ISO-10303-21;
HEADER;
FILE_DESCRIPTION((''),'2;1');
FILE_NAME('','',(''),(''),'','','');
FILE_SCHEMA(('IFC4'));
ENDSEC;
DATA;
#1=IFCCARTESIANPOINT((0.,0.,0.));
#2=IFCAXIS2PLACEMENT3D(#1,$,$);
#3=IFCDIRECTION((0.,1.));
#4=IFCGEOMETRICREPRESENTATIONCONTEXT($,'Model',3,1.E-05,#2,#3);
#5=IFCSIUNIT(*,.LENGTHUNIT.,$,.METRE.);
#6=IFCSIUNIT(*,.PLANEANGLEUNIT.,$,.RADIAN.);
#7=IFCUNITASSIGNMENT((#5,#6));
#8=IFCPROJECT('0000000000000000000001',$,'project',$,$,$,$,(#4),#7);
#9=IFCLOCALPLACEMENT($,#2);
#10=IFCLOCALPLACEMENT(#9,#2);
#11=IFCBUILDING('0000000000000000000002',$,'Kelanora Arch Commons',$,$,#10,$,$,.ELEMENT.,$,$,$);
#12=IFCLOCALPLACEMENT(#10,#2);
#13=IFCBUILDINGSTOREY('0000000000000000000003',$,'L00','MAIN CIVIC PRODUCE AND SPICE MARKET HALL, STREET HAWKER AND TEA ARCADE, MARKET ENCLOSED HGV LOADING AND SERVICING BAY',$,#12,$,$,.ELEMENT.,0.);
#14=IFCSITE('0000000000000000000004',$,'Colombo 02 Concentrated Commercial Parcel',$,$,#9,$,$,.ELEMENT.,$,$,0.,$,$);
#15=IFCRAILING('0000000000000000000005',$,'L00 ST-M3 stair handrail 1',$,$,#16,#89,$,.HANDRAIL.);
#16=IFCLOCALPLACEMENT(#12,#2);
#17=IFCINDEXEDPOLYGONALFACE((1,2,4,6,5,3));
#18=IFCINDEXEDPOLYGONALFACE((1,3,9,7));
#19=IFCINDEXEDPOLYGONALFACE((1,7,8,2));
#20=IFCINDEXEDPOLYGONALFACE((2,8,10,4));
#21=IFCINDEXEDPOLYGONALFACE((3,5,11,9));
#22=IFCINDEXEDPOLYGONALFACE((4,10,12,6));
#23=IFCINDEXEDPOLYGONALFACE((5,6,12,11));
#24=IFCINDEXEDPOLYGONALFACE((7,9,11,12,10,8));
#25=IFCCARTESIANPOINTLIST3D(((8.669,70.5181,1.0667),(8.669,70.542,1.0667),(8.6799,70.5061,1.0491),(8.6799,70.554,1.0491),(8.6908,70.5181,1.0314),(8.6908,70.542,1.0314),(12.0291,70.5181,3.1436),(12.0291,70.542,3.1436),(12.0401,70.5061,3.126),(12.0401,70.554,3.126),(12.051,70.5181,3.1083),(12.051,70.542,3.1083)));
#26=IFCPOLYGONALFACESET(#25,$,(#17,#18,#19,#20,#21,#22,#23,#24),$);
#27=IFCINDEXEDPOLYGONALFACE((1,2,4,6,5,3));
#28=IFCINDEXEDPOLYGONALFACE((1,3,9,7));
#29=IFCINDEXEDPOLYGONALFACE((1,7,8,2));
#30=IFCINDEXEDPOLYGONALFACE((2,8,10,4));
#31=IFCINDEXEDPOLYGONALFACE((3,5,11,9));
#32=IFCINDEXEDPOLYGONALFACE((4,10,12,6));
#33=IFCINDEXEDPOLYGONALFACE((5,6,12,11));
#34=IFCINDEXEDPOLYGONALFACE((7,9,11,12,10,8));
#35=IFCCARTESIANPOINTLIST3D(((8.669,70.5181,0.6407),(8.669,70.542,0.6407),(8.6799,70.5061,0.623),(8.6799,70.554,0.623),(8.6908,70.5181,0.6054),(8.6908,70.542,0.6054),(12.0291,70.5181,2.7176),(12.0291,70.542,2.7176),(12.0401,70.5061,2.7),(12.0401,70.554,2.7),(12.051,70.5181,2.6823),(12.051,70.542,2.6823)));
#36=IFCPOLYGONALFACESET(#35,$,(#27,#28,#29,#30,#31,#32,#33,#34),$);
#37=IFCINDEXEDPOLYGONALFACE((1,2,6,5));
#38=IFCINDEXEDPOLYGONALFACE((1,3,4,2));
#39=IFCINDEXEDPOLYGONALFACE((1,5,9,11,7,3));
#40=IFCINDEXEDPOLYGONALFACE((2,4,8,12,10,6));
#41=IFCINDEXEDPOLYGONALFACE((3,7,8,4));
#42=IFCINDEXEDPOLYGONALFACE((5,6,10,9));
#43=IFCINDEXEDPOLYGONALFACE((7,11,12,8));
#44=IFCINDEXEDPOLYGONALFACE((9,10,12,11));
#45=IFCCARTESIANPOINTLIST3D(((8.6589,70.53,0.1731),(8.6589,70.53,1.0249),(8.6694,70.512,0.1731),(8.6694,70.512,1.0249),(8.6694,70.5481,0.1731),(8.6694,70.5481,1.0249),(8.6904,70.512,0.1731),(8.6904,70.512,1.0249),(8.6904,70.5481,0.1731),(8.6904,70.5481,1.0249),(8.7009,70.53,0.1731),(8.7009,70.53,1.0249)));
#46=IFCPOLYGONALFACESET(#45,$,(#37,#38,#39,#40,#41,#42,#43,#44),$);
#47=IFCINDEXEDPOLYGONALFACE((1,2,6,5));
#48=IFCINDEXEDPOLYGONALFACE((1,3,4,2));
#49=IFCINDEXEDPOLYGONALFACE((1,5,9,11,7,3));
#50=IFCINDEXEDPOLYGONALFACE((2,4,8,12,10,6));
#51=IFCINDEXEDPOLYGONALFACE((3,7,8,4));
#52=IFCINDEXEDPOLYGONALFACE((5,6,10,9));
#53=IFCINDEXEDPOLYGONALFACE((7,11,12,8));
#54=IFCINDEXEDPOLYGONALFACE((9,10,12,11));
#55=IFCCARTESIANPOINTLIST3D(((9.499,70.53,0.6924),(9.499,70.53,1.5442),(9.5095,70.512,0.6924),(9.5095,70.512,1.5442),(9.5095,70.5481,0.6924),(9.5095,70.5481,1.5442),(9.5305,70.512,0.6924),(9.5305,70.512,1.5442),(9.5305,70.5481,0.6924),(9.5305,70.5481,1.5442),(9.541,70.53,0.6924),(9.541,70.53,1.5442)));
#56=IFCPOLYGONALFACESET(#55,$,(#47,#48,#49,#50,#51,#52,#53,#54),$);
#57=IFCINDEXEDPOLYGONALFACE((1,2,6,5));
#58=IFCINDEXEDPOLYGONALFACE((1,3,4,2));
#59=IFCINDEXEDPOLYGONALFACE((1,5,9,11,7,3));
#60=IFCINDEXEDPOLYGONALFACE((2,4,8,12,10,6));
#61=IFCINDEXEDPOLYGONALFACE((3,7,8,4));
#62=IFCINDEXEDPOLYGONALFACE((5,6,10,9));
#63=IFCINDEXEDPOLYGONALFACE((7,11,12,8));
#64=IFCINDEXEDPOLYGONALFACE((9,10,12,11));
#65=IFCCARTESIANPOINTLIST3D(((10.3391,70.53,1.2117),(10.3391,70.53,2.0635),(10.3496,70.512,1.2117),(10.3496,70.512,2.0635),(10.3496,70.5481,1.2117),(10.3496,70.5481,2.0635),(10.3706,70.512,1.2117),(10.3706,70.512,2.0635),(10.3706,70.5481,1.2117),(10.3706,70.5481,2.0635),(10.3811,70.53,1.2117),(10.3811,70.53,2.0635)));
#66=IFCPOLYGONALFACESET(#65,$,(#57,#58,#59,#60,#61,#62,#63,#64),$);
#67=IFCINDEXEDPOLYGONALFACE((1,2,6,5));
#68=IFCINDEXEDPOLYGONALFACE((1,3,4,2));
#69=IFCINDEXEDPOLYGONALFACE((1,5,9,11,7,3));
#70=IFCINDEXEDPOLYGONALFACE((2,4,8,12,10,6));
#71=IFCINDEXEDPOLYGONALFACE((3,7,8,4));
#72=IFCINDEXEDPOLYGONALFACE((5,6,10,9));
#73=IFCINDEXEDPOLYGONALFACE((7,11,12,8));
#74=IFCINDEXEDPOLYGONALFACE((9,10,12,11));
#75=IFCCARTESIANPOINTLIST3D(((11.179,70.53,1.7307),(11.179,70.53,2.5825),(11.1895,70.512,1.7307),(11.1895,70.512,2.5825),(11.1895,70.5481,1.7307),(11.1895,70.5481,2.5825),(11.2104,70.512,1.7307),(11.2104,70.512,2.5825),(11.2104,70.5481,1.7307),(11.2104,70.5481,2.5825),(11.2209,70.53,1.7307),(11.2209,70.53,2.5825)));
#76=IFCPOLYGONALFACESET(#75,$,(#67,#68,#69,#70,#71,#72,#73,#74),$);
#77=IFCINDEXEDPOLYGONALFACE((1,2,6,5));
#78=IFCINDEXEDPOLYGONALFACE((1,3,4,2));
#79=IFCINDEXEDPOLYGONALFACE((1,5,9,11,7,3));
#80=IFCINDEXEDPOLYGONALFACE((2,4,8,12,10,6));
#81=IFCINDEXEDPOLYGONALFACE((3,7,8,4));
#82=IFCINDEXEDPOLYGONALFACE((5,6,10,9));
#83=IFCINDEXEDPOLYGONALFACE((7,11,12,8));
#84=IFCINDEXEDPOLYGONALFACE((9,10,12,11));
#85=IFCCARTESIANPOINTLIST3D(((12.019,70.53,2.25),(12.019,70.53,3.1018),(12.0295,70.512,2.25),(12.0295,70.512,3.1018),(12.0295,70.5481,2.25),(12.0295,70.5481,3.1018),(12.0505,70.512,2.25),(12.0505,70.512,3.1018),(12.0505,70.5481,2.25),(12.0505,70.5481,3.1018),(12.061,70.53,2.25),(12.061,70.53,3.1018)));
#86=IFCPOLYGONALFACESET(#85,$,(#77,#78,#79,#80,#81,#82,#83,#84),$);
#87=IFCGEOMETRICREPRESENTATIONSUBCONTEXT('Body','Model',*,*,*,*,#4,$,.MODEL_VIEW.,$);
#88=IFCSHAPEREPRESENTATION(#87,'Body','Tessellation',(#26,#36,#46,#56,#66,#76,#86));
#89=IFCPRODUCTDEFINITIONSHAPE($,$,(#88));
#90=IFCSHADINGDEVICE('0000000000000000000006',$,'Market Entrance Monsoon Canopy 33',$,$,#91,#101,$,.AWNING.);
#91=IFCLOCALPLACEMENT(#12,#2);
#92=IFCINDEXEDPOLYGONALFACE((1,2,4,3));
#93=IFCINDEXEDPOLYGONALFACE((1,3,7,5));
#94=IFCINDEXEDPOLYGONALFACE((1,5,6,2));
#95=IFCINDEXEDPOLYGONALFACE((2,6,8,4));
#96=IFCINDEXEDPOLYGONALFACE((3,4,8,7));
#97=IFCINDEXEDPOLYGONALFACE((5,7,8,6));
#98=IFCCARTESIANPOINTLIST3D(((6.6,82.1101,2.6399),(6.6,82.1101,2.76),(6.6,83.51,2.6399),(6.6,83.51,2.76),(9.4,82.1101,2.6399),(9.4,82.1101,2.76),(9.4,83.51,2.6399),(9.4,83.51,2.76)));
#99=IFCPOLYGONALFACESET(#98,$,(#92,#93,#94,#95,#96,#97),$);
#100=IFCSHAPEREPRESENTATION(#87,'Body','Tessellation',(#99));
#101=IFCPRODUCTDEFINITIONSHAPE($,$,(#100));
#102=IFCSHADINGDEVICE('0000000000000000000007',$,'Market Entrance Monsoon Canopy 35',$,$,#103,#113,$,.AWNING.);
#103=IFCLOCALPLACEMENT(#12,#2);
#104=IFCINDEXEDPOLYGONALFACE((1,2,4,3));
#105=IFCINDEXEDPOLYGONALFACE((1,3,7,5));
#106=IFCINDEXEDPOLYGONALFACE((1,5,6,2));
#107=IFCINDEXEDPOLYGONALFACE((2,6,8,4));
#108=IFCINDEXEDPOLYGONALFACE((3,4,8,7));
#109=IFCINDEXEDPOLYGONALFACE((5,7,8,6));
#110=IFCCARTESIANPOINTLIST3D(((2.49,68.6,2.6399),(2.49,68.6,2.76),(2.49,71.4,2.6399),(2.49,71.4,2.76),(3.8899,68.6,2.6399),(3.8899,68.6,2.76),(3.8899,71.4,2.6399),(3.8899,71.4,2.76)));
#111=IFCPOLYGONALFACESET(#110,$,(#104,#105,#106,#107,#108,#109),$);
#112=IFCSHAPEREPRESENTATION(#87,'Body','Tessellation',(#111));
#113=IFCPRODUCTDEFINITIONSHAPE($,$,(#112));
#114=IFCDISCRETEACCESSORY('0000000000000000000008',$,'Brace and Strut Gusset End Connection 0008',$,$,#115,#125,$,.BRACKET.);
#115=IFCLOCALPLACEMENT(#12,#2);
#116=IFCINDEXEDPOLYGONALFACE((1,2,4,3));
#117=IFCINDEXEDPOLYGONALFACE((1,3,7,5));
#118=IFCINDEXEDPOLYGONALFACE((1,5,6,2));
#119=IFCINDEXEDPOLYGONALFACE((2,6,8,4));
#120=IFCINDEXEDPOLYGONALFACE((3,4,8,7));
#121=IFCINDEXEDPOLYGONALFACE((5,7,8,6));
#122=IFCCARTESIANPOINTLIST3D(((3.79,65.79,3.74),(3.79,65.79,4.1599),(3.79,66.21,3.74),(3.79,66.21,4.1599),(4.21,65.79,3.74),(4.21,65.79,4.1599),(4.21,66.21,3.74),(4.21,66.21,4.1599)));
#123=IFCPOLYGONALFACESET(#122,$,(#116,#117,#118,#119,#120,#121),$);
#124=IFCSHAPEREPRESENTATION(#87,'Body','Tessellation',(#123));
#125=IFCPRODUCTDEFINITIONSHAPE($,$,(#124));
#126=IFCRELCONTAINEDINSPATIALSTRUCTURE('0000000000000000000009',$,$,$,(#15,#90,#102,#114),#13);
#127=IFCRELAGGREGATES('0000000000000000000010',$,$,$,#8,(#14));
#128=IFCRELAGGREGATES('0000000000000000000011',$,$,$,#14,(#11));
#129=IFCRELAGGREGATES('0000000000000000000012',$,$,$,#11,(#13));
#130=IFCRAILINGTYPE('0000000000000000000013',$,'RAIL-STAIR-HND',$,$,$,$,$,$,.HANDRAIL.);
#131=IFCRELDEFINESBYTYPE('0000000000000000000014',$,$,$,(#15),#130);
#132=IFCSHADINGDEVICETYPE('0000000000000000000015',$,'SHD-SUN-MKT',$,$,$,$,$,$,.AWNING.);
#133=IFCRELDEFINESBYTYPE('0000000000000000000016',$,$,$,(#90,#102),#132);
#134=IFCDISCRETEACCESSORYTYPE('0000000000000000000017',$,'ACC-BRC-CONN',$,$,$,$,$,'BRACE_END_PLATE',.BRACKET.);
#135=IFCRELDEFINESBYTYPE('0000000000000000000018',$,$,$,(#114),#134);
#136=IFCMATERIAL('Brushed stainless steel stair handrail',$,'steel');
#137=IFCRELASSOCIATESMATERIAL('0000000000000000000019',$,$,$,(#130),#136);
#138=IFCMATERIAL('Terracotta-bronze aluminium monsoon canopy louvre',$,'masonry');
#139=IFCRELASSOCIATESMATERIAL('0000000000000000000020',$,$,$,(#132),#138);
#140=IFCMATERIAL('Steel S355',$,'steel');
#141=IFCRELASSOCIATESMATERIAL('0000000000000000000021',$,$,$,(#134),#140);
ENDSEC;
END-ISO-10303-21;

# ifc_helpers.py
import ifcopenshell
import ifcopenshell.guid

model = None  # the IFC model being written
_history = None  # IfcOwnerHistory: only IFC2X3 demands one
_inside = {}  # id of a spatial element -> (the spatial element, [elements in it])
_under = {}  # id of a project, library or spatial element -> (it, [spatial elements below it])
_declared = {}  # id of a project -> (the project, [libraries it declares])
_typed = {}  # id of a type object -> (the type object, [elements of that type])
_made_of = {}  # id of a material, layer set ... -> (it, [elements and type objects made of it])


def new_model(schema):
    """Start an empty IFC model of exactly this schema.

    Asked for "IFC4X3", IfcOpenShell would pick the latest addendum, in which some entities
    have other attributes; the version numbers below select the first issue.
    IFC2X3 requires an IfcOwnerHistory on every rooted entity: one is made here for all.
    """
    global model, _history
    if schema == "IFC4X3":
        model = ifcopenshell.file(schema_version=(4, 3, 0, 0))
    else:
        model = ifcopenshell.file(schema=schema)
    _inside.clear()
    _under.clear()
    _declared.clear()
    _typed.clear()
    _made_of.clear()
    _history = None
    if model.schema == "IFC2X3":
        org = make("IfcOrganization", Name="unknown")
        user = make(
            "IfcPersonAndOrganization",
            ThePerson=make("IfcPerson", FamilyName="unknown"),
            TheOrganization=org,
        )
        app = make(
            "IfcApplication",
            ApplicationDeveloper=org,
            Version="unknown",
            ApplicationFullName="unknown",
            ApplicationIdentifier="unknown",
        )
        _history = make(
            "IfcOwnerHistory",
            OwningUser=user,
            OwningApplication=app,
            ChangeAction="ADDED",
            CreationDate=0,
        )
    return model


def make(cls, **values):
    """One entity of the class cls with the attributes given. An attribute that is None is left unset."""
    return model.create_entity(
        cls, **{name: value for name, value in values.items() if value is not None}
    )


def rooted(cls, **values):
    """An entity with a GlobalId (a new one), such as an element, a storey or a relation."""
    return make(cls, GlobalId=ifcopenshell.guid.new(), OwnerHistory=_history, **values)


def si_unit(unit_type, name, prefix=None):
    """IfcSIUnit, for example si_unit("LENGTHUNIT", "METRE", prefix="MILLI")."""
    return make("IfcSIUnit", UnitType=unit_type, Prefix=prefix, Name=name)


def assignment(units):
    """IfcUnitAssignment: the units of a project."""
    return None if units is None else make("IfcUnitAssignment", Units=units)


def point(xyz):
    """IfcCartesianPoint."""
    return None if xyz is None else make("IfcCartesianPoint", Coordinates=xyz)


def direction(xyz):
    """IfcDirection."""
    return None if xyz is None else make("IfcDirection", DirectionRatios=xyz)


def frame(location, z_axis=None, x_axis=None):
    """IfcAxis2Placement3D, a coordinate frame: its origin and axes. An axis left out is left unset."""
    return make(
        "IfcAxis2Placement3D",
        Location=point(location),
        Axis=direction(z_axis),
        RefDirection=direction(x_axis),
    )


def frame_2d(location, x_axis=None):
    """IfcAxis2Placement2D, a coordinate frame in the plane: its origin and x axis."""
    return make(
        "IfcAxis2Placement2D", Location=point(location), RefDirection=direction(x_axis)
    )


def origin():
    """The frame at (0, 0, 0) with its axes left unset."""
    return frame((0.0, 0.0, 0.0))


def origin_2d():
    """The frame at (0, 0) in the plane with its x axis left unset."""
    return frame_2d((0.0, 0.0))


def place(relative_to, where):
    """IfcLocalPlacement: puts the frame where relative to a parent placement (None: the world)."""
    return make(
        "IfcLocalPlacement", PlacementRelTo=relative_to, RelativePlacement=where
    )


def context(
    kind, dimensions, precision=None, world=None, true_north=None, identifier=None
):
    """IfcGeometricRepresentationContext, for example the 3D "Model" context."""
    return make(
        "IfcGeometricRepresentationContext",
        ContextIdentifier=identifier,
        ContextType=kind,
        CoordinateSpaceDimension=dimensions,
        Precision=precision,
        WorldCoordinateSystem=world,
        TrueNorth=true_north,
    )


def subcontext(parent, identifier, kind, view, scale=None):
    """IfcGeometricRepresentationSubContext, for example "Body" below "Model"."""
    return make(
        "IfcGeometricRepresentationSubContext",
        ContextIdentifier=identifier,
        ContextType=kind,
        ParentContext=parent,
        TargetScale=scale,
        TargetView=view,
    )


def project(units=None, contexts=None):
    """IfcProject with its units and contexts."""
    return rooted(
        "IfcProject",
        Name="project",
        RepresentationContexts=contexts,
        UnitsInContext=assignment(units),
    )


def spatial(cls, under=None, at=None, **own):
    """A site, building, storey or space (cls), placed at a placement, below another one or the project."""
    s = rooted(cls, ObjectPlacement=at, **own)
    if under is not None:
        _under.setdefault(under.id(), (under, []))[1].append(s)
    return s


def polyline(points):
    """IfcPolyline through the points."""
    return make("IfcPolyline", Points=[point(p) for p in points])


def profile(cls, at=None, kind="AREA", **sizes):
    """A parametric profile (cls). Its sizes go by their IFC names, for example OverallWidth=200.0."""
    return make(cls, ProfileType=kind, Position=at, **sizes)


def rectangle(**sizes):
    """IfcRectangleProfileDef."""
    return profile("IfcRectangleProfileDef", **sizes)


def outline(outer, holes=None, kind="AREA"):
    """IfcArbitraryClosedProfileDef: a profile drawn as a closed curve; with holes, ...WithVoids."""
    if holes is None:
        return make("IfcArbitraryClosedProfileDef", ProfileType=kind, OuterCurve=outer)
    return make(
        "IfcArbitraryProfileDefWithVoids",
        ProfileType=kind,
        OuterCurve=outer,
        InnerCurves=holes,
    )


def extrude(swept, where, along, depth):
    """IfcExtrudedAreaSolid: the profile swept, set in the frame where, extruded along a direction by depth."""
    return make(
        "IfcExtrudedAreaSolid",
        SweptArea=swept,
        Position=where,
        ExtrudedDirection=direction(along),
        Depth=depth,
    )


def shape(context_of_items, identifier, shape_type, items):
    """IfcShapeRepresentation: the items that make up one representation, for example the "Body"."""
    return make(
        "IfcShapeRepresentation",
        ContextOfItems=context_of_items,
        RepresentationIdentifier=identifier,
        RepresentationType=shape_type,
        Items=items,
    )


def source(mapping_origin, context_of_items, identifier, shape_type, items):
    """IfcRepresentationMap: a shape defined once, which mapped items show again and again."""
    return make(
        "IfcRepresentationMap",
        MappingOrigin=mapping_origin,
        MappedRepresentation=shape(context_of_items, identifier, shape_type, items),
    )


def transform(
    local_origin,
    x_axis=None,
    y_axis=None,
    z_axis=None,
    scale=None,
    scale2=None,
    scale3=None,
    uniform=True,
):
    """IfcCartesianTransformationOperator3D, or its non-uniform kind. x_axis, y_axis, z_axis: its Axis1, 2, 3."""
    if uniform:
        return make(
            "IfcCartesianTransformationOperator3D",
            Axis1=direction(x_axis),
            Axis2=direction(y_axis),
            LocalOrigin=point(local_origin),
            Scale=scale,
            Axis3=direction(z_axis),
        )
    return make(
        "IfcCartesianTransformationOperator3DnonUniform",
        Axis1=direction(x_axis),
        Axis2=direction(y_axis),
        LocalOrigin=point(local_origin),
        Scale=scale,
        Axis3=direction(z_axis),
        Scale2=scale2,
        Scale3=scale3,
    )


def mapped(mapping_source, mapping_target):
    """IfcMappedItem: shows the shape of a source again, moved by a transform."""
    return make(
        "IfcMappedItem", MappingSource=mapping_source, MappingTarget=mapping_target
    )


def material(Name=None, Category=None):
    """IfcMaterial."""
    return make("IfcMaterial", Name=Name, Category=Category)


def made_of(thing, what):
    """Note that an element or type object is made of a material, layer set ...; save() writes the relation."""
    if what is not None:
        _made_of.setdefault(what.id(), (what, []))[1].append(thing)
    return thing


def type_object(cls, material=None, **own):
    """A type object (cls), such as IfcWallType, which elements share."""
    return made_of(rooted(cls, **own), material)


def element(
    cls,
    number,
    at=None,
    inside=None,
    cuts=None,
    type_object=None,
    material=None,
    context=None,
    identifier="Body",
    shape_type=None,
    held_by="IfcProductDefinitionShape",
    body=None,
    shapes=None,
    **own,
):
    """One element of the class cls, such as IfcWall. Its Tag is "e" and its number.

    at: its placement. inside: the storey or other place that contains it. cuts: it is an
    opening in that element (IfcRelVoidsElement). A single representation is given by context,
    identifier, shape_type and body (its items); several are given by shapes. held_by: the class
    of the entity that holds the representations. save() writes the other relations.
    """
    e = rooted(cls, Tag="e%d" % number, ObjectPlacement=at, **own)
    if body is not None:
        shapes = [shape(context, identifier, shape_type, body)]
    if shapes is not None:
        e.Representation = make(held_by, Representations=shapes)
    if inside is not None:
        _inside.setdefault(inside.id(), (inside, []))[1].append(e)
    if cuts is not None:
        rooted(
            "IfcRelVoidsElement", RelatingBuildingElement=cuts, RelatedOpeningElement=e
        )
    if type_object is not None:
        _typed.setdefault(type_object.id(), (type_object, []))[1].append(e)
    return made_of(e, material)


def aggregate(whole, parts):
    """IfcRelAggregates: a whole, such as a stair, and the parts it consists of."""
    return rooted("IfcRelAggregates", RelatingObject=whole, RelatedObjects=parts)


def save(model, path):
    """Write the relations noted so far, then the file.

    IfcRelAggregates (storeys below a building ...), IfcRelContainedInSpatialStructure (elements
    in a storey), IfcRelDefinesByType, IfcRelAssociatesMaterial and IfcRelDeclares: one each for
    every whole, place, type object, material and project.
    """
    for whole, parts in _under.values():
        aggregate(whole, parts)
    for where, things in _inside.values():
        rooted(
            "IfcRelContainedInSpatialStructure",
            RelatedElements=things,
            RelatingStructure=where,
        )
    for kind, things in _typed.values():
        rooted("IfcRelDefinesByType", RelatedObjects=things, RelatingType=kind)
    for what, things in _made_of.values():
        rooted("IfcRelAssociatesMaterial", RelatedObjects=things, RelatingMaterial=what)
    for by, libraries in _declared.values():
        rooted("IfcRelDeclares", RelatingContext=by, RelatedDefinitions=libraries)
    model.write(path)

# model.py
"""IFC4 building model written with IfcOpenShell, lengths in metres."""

from ifc_helpers import new_model, si_unit, direction, frame, origin, origin_2d, place, context, subcontext, project, spatial, polyline, rectangle, outline, extrude, source, transform, mapped, material, type_object, element, save


model = new_model("IFC4")

# Units and contexts
model_context = context("Model", 3, precision=1e-05, world=origin(), true_north=direction((0.0, 1.0)))
body_context = subcontext(model_context, "Body", "Model", "MODEL_VIEW")
ifc_project = project(units=[si_unit("LENGTHUNIT", "METRE"), si_unit("PLANEANGLEUNIT", "RADIAN")], contexts=[model_context])

# Site, building, storey
site_placement = place(None, origin())
site = spatial("IfcSite", under=ifc_project, at=site_placement, Name="Colombo 02 Concentrated Commercial Parcel", CompositionType="ELEMENT", RefElevation=0.0)
building_placement = place(site_placement, origin())
building = spatial("IfcBuilding", under=site, at=building_placement, Name="Kelanora Arch Commons", CompositionType="ELEMENT")
storey_placement = place(building_placement, origin())
storey = spatial("IfcBuildingStorey", under=building, at=storey_placement, Name="L00", Description="MAIN CIVIC PRODUCE AND SPICE MARKET HALL, STREET HAWKER AND TEA ARCADE, MARKET ENCLOSED HGV LOADING AND SERVICING BAY", CompositionType="ELEMENT", Elevation=0.0)

# Railing
ifc_material_1 = material(Name="Brushed stainless steel stair handrail", Category="steel")
railing_type_1 = type_object("IfcRailingType", Name="RAIL-STAIR-HND", PredefinedType="HANDRAIL", material=ifc_material_1)
railing_1_placement = place(storey_placement, frame((8.6799, 70.53, 0.1731)))
element("IfcRailing", 1, at=railing_1_placement, inside=storey, type_object=railing_type_1, Name="L00 ST-M3 stair handrail 1", PredefinedType="HANDRAIL", context=body_context, shape_type="SweptSolid", body=[
    extrude(outline(polyline([(0.0239, 0.0), (0.012, 0.0208), (-0.012, 0.0208), (-0.0239, 0.0), (-0.012, -0.0208), (0.012, -0.0208), (0.0239, 0.0)])), frame((0.0, 0.0, 0.876), z_axis=(0.850623, 0.0, 0.525776), x_axis=(0.0, 1.0, 0.0)), (0.0, 0.0, 1.0), 3.9502),
    extrude(outline(polyline([(0.0239, 0.0), (0.012, 0.0208), (-0.012, 0.0208), (-0.0239, 0.0), (-0.012, -0.0208), (0.012, -0.0208), (0.0239, 0.0)])), frame((0.0, 0.0, 0.45), z_axis=(0.850623, 0.0, 0.525776), x_axis=(0.0, 1.0, 0.0)), (0.0, 0.0, 1.0), 3.9502),
    extrude(outline(polyline([(0.021, 0.0), (0.0105, 0.0181), (-0.0105, 0.0181), (-0.021, 0.0), (-0.0105, -0.0181), (0.0105, -0.0181), (0.021, 0.0)])), origin(), (0.0, 0.0, 1.0), 0.8518),
    extrude(outline(polyline([(0.021, 0.0), (0.0105, 0.0181), (-0.0105, 0.0181), (-0.021, 0.0), (-0.0105, -0.0181), (0.0105, -0.0181), (0.021, 0.0)])), frame((0.8401, 0.0, 0.5193)), (0.0, 0.0, 1.0), 0.8518),
    extrude(outline(polyline([(0.021, 0.0), (0.0105, 0.0181), (-0.0105, 0.0181), (-0.021, 0.0), (-0.0105, -0.0181), (0.0105, -0.0181), (0.021, 0.0)])), frame((1.6802, 0.0, 1.0386)), (0.0, 0.0, 1.0), 0.8518),
    extrude(outline(polyline([(0.021, 0.0), (0.0105, 0.0181), (-0.0105, 0.0181), (-0.021, 0.0), (-0.0105, -0.0181), (0.0105, -0.0181), (0.021, 0.0)])), frame((2.52, 0.0, 1.5576)), (0.0, 0.0, 1.0), 0.8518),
    extrude(outline(polyline([(0.021, 0.0), (0.0105, 0.0181), (-0.0105, 0.0181), (-0.021, 0.0), (-0.0105, -0.0181), (0.0105, -0.0181), (0.021, 0.0)])), frame((3.3601, 0.0, 2.0769)), (0.0, 0.0, 1.0), 0.8518),
])

# Shading devices
ifc_material_2 = material(Name="Terracotta-bronze aluminium monsoon canopy louvre", Category="masonry")
shading_device_type = type_object("IfcShadingDeviceType", Name="SHD-SUN-MKT", PredefinedType="AWNING", material=ifc_material_2)
shared_shape_1 = source(origin(), body_context, "Body", "SweptSolid", [
    extrude(rectangle(XDim=2.8, YDim=1.3999, at=origin_2d()), origin(), (0.0, 0.0, 1.0), 0.1201),
])
for number, where, z_axis, x_axis, name in (
    (2, (8.0, 82.8101, 2.6399), (0.0, 0.0, 1.0), (-1.0, 0.0, 0.0), "Market Entrance Monsoon Canopy 33"),
    (3, (3.1899, 70.0, 2.6399), (0.0, 0.0, 1.0), (0.0, -1.0, 0.0), "Market Entrance Monsoon Canopy 35"),
):
    element("IfcShadingDevice", number, at=place(storey_placement, frame(where, z_axis=z_axis, x_axis=x_axis)), inside=storey, type_object=shading_device_type, Name=name, PredefinedType="AWNING", context=body_context, shape_type="MappedRepresentation", body=[
        mapped(shared_shape_1, transform((0.0, 0.0, 0.0), scale=1.0)),
    ])

# Discrete accessory
ifc_material_3 = material(Name="Steel S355", Category="steel")
discrete_accessory_type = type_object("IfcDiscreteAccessoryType", Name="ACC-BRC-CONN", ElementType="BRACE_END_PLATE", PredefinedType="BRACKET", material=ifc_material_3)
shared_shape_2 = source(origin(), body_context, "Body", "SweptSolid", [
    extrude(rectangle(XDim=0.4199, YDim=0.4199, at=origin_2d()), origin(), (0.0, 0.0, 1.0), 0.4199),
])
discrete_accessory_placement = place(storey_placement, frame((4.0, 66.0, 3.74), z_axis=(0.0, 0.0, 1.0), x_axis=(0.0, 1.0, 0.0)))
element("IfcDiscreteAccessory", 4, at=discrete_accessory_placement, inside=storey, type_object=discrete_accessory_type, Name="Brace and Strut Gusset End Connection 0008", PredefinedType="BRACKET", context=body_context, shape_type="MappedRepresentation", body=[
    mapped(shared_shape_2, transform((0.0, 0.0, 0.0), scale=1.0)),
])

save(model, "model.ifc")
